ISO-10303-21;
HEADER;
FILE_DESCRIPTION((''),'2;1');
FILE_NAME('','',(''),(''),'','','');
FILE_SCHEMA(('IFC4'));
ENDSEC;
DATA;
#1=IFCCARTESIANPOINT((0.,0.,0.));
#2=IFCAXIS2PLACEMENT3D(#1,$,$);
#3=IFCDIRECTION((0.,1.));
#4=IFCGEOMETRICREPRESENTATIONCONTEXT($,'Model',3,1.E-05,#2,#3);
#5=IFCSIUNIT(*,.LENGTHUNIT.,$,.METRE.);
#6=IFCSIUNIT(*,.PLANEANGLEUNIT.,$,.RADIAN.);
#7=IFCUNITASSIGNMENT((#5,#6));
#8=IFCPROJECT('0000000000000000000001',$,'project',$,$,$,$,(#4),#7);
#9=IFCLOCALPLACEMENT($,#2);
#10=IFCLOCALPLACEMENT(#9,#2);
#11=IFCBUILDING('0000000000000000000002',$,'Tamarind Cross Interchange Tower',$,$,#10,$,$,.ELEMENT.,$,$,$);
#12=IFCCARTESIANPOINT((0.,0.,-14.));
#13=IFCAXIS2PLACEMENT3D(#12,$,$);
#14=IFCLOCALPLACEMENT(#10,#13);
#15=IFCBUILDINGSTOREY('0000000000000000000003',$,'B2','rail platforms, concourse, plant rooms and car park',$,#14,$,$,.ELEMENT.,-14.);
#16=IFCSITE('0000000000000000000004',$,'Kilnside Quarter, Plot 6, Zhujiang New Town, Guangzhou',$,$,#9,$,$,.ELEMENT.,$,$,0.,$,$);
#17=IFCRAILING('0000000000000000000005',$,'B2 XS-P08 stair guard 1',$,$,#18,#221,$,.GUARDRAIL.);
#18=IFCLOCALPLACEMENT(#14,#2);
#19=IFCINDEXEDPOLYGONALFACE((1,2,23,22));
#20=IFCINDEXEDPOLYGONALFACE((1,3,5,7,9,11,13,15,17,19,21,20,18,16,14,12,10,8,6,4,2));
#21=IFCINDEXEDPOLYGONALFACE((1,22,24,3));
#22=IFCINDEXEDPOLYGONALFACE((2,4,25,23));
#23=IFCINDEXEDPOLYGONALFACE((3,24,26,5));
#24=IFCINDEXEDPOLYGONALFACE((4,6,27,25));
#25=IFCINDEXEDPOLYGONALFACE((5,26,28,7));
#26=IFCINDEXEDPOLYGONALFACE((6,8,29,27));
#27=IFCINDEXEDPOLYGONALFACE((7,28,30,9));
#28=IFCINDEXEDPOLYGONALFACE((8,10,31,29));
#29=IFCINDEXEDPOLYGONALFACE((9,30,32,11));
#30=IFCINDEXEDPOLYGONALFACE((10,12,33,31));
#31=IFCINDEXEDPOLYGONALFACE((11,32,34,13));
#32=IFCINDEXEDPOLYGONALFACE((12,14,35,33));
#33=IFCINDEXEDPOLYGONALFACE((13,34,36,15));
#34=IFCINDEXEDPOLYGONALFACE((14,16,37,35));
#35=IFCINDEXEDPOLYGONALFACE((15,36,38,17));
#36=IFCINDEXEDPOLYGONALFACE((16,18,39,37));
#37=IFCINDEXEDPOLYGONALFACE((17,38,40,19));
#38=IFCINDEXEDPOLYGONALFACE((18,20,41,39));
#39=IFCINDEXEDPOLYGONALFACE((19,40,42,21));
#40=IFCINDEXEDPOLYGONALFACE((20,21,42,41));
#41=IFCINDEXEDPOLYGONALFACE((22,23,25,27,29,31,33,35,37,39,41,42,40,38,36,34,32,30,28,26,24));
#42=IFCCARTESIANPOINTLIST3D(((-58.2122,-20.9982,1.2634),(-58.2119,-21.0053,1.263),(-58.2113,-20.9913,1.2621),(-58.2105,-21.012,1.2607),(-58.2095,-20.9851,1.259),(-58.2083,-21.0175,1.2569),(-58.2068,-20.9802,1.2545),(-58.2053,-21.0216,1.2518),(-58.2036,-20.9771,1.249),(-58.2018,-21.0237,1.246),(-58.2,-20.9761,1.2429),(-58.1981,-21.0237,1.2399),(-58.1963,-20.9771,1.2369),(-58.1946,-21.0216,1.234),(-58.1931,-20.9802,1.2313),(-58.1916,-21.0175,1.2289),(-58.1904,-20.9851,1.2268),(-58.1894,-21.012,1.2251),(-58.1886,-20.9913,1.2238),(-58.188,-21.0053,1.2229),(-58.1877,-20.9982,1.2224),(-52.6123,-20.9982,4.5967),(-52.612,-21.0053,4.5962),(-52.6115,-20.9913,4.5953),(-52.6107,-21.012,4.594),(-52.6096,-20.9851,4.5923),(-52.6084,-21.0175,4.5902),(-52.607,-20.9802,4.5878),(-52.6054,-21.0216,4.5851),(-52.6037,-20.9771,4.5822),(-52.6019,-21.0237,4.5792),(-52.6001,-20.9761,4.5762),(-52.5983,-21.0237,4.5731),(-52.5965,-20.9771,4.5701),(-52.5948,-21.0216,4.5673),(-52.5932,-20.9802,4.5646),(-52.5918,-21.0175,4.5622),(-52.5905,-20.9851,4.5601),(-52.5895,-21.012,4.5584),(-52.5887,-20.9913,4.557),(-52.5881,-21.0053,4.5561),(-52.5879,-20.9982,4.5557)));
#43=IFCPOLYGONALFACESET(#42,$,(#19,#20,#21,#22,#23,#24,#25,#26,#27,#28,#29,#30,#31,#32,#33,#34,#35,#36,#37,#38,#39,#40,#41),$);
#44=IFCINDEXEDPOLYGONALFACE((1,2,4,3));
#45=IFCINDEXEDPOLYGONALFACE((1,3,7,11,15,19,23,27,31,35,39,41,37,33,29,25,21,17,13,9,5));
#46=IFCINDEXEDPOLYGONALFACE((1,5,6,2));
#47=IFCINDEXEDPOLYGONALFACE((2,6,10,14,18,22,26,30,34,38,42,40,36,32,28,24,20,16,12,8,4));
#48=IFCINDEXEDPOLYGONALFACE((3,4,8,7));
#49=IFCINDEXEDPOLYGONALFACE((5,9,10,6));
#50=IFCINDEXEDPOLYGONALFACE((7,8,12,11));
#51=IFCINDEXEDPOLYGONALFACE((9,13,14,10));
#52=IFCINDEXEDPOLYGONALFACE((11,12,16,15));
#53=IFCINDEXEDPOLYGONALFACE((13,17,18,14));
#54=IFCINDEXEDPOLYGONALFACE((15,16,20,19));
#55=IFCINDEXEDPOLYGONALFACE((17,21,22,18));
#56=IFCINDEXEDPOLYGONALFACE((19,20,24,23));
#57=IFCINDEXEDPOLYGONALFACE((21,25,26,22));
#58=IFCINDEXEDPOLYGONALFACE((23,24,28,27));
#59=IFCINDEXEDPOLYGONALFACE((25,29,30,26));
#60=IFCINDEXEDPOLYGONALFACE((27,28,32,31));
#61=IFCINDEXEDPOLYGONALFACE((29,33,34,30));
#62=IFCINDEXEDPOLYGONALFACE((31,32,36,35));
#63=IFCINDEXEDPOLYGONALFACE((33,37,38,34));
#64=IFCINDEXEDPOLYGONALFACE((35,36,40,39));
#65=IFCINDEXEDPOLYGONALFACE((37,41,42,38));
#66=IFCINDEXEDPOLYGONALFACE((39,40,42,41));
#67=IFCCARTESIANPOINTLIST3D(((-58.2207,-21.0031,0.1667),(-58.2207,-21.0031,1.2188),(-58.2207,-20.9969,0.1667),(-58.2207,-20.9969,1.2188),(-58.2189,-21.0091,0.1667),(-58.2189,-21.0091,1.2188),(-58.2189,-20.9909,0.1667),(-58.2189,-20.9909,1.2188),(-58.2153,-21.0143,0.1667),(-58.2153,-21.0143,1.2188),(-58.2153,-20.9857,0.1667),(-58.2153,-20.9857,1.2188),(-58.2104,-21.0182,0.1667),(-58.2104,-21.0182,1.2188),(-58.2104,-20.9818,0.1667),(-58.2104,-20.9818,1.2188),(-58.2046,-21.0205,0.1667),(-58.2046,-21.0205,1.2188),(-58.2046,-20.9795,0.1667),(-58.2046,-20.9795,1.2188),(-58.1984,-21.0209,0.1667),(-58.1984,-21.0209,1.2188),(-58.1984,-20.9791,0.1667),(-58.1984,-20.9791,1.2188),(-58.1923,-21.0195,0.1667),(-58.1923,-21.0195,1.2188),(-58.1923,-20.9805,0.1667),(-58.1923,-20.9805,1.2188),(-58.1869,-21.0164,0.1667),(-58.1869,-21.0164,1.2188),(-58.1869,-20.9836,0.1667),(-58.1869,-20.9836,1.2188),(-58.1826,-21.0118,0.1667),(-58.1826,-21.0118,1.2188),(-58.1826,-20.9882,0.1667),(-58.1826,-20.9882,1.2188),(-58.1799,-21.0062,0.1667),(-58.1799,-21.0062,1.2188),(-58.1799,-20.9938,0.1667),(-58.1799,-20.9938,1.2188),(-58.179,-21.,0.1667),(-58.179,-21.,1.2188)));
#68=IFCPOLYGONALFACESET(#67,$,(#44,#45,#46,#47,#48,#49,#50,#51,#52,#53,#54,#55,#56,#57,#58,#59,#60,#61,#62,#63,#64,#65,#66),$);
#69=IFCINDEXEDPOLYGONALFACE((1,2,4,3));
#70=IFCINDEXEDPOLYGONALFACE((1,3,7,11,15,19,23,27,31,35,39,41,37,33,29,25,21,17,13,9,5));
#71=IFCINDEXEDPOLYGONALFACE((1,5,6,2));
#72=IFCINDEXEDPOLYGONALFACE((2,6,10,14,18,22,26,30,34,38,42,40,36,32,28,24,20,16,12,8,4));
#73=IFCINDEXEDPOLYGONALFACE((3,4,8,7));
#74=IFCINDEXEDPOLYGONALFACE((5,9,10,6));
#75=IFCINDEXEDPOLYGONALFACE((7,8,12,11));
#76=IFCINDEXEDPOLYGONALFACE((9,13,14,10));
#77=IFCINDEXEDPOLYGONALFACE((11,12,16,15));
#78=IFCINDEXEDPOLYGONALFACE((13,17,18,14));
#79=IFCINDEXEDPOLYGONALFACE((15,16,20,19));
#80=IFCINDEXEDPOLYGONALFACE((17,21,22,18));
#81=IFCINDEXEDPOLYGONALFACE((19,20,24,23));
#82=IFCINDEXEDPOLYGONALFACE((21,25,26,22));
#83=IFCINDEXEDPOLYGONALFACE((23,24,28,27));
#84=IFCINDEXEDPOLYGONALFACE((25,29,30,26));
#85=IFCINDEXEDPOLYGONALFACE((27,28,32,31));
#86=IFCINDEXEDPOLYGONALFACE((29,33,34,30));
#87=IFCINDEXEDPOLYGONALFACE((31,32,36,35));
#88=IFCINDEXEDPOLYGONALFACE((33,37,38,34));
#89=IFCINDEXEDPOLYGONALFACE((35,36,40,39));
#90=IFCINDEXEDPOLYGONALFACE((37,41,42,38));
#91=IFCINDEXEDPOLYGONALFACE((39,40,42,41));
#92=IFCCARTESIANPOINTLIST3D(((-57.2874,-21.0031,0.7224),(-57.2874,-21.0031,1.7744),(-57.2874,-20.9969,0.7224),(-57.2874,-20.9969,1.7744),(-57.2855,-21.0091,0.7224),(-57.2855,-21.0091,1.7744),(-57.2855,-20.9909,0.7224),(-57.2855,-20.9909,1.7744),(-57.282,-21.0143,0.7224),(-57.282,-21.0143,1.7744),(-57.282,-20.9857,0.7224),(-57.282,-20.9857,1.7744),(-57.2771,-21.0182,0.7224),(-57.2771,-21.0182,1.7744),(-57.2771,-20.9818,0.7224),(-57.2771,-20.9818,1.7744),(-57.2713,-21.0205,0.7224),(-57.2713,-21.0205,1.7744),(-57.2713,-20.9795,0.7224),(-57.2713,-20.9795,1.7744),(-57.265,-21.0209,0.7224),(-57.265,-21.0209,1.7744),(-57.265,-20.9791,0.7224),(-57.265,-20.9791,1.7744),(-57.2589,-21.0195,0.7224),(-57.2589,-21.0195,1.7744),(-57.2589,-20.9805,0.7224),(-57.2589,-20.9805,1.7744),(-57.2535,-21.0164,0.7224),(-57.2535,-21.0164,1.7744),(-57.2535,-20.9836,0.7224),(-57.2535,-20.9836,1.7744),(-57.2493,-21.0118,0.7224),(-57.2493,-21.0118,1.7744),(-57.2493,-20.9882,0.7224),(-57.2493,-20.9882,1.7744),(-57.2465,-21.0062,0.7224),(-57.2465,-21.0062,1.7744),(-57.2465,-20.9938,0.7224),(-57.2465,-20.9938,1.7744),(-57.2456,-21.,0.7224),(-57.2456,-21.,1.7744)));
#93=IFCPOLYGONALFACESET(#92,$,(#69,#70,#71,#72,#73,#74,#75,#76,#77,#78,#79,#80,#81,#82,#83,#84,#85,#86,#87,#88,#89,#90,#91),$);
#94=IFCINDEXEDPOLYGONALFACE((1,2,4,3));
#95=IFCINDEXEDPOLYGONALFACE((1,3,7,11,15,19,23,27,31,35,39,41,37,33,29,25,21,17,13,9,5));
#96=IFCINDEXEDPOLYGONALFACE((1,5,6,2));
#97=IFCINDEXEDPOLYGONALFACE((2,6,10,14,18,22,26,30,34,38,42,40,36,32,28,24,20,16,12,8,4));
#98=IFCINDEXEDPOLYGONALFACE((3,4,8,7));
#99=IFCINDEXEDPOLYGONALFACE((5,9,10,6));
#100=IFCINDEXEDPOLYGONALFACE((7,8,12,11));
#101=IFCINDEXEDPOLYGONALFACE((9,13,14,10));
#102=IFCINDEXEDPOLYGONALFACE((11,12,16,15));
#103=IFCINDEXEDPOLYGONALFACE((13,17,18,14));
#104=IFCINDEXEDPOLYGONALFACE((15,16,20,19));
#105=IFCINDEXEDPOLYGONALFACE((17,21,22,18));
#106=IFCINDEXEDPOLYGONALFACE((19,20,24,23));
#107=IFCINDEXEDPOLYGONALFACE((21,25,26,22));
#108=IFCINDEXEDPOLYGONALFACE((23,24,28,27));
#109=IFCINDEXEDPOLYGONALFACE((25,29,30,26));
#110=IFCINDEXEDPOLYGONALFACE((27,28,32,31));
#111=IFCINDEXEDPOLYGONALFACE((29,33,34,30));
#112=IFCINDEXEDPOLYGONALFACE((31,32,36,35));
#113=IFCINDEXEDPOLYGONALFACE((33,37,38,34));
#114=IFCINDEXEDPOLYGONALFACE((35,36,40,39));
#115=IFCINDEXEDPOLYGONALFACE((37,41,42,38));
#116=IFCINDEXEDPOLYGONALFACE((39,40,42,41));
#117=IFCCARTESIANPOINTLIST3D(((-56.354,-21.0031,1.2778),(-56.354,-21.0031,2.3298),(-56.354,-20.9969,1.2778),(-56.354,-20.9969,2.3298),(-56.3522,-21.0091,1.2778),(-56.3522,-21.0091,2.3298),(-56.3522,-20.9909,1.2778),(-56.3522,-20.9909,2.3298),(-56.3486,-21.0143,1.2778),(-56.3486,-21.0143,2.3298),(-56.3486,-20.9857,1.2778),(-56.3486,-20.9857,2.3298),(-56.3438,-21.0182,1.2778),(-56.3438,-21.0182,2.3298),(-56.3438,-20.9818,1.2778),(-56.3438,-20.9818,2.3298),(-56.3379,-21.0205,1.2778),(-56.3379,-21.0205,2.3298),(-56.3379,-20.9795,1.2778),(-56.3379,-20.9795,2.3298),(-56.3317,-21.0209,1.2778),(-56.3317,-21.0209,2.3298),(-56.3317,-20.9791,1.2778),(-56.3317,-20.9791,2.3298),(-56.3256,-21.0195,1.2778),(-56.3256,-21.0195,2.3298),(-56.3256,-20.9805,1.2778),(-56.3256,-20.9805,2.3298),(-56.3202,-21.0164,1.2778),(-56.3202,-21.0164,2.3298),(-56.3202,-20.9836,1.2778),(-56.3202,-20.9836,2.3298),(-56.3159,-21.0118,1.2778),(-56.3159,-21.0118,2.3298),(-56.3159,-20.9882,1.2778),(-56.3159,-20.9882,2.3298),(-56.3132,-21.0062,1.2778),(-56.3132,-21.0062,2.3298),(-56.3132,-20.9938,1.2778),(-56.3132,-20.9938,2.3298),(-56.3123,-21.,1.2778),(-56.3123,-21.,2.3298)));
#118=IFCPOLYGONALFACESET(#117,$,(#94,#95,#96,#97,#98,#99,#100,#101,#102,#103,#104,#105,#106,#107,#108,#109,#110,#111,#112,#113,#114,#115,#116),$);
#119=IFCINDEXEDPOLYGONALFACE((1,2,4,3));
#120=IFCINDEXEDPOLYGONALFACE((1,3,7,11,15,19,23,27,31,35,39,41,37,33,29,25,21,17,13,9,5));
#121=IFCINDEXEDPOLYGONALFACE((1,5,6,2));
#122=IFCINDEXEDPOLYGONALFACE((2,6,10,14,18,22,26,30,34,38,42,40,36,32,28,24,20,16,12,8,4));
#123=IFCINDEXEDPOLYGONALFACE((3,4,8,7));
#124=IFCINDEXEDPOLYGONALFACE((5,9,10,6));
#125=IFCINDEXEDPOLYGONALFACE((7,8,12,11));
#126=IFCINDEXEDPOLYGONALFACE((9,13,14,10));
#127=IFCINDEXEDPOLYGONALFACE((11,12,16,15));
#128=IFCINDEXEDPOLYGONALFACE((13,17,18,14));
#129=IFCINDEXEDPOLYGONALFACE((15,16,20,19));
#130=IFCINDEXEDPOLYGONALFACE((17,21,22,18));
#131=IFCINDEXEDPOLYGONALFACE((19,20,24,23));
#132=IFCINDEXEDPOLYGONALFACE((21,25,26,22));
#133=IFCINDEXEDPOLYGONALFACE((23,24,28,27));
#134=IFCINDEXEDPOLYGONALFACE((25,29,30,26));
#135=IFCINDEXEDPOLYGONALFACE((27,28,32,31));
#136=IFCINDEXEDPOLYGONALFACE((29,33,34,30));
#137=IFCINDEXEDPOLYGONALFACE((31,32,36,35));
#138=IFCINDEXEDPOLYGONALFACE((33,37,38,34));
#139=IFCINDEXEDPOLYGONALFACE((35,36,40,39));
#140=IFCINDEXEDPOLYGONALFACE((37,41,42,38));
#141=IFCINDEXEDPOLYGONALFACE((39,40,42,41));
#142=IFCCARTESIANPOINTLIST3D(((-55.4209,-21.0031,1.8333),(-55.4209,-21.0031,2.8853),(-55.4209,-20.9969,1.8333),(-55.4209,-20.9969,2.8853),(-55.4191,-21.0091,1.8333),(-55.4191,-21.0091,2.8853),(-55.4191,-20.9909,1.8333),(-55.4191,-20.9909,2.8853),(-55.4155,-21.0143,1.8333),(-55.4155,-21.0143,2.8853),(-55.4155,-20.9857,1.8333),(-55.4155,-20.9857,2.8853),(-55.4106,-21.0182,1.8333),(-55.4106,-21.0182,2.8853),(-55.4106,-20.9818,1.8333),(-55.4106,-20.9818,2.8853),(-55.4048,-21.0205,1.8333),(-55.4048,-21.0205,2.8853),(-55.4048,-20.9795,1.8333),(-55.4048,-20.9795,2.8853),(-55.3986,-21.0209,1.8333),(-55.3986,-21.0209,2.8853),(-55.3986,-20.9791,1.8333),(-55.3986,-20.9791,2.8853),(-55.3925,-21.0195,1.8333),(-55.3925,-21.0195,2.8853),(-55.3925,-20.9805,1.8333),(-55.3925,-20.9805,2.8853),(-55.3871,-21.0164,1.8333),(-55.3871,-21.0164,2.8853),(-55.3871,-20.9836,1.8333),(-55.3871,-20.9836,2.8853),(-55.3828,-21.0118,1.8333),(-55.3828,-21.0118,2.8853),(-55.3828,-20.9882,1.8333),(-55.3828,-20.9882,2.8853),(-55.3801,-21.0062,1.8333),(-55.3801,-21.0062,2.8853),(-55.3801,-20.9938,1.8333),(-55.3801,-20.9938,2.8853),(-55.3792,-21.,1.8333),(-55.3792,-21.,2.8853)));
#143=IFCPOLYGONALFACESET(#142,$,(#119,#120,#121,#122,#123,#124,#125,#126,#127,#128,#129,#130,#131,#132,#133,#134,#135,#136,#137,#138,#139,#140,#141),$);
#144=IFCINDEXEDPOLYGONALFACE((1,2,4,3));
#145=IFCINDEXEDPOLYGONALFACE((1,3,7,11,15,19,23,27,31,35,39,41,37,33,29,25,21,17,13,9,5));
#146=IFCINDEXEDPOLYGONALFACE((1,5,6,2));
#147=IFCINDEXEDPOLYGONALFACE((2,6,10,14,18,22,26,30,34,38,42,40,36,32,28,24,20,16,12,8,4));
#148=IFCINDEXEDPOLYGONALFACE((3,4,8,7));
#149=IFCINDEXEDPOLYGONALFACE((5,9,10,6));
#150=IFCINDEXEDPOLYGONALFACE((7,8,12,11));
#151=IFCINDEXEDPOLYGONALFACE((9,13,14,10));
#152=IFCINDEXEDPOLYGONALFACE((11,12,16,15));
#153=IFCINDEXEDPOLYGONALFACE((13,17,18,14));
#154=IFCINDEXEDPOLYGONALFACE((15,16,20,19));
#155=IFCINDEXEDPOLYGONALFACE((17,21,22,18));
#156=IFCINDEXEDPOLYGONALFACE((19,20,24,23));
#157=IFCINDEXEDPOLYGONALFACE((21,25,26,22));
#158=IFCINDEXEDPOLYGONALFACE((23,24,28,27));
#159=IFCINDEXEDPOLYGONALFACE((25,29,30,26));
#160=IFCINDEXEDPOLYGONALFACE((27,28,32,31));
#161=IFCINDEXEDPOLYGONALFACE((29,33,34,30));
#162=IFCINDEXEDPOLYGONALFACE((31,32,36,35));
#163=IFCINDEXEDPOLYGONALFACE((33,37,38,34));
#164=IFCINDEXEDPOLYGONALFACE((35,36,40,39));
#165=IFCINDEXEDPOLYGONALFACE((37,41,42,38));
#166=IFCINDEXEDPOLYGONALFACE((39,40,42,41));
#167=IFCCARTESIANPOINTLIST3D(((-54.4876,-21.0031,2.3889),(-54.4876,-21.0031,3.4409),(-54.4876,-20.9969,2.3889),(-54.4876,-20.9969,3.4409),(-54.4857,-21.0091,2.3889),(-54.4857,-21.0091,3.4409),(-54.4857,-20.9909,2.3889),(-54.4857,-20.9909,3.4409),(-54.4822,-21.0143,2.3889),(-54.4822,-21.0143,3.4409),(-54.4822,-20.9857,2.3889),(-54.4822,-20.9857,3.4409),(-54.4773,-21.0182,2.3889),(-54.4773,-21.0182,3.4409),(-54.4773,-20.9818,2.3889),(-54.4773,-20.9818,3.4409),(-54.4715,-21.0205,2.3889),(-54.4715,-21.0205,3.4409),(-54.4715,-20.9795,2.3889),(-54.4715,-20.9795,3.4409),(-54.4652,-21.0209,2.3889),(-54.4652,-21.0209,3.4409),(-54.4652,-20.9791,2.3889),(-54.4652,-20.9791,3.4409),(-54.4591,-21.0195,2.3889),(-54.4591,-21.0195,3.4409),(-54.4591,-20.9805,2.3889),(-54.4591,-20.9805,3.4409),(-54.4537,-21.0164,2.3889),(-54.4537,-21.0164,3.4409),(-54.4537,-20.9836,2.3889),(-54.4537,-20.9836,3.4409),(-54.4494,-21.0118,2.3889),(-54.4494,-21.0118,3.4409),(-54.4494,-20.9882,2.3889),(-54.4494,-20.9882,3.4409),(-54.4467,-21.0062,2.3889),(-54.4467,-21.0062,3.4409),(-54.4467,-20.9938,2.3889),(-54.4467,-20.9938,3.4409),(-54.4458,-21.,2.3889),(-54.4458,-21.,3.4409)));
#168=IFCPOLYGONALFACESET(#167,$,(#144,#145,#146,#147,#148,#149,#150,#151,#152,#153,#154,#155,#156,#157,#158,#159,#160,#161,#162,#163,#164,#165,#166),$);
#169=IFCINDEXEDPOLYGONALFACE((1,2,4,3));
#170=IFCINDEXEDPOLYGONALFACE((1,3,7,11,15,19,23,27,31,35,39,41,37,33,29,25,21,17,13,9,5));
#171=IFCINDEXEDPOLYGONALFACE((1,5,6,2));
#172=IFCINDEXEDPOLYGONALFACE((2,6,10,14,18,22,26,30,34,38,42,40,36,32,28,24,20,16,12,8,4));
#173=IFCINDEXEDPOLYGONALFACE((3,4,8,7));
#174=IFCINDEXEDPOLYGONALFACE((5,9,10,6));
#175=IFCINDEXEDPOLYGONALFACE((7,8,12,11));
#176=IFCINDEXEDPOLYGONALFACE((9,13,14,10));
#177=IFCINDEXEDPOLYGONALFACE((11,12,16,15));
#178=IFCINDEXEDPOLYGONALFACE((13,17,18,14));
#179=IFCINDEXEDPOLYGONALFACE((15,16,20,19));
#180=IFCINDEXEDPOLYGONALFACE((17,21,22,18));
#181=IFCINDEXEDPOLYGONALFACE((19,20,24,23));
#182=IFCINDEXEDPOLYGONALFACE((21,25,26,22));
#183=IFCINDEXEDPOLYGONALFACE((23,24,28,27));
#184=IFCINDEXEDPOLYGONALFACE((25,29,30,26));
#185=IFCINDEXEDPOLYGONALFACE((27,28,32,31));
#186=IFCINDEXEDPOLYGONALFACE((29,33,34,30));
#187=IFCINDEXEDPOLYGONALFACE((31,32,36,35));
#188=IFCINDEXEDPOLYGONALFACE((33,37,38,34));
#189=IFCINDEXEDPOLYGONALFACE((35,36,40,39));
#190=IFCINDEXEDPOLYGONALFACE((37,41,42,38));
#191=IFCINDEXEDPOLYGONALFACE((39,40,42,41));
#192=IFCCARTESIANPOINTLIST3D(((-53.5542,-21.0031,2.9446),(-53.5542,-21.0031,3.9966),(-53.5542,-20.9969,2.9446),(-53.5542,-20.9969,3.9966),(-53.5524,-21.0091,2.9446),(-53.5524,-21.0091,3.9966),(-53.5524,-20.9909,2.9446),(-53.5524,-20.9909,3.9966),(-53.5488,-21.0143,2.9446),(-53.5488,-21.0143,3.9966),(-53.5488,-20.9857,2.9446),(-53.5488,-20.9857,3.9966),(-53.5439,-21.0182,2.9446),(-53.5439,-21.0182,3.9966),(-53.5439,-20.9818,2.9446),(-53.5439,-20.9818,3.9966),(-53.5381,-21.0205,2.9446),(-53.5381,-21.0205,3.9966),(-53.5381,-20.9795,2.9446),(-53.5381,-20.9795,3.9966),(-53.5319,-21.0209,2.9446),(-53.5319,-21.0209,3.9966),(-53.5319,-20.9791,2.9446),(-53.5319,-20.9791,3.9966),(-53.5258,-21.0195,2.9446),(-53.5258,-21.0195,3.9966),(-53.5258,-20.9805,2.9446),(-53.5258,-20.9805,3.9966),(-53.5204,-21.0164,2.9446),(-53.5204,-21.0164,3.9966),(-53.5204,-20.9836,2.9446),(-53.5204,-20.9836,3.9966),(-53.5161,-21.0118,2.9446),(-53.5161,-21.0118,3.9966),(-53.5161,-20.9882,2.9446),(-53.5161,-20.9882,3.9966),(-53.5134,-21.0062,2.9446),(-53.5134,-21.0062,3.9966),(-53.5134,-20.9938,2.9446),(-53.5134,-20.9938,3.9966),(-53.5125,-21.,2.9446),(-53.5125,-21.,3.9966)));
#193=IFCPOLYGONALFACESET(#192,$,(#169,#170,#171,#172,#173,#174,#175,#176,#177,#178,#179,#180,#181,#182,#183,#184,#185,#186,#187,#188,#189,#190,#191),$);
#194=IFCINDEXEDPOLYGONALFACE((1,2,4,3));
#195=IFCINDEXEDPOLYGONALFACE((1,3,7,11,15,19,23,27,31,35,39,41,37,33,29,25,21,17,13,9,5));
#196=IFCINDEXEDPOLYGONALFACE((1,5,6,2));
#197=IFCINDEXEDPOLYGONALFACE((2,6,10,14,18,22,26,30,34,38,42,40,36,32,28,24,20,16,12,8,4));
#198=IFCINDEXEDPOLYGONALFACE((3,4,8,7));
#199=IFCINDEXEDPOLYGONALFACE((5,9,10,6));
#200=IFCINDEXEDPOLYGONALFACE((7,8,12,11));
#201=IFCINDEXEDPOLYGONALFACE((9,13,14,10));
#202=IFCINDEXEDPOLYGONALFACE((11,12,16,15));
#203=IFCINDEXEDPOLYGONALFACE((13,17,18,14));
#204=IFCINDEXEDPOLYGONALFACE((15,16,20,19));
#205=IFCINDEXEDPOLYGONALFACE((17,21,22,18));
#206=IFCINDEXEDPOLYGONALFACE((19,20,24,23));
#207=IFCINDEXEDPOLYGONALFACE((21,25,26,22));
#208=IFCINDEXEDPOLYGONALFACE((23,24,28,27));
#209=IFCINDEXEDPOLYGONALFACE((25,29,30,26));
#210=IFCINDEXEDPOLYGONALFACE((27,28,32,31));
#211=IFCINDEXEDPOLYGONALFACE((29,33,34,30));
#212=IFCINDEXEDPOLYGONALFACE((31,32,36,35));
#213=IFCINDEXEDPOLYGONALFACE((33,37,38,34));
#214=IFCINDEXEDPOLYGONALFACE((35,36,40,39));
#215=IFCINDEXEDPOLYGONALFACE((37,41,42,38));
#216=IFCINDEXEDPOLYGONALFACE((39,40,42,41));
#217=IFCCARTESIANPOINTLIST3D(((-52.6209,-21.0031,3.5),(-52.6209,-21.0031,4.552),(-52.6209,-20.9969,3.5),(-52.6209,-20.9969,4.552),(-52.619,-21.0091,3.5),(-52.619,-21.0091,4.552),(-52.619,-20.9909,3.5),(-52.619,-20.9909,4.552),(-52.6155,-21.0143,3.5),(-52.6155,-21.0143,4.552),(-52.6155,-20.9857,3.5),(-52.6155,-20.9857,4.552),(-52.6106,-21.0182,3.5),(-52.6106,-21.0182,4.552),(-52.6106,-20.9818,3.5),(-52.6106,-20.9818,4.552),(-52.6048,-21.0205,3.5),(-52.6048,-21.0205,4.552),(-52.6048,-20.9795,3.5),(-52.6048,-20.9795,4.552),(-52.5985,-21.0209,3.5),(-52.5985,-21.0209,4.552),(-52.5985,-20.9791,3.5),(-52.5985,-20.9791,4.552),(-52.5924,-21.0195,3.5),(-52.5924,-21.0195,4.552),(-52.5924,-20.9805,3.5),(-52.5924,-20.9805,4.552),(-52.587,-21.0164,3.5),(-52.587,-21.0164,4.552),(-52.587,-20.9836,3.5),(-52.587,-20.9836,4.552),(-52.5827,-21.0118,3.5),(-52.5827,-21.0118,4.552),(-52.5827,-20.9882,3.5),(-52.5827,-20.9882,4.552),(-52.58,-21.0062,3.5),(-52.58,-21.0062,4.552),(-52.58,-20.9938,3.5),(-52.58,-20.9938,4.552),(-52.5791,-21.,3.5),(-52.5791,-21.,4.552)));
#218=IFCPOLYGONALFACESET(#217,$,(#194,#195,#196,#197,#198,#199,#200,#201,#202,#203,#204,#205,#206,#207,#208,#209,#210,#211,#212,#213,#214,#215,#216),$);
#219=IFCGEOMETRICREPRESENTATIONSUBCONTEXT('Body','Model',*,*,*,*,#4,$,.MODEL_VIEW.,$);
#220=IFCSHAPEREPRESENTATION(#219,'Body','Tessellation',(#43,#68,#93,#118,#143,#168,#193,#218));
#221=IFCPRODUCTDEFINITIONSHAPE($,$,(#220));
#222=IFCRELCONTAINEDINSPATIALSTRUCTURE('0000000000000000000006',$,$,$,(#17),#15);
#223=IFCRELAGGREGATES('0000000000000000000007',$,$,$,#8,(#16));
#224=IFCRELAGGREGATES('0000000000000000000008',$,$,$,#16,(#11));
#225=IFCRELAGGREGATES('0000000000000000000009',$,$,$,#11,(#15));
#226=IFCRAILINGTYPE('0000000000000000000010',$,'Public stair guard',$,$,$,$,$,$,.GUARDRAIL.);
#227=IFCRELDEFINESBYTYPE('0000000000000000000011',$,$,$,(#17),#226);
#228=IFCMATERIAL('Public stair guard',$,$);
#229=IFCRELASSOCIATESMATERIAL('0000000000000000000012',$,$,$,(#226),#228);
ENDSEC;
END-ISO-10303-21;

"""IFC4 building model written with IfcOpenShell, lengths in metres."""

from ifc_helpers import new_model, si_unit, direction, frame, origin, origin_2d, place, context, subcontext, project, spatial, circle, extrude, material, type_object, element, save


model = new_model("IFC4")

# Units and contexts
model_context = context("Model", 3, precision=1e-05, world=origin(), true_north=direction((0.0, 1.0)))
body_context = subcontext(model_context, "Body", "Model", "MODEL_VIEW")
ifc_project = project(units=[si_unit("LENGTHUNIT", "METRE"), si_unit("PLANEANGLEUNIT", "RADIAN")], contexts=[model_context])

# Site, building, storey
site_placement = place(None, origin())
site = spatial("IfcSite", under=ifc_project, at=site_placement, Name="Kilnside Quarter, Plot 6, Zhujiang New Town, Guangzhou", CompositionType="ELEMENT", RefElevation=0.0)
building_placement = place(site_placement, origin())
building = spatial("IfcBuilding", under=site, at=building_placement, Name="Tamarind Cross Interchange Tower", CompositionType="ELEMENT")
storey_placement = place(building_placement, frame((0.0, 0.0, -14.0)))
storey = spatial("IfcBuildingStorey", under=building, at=storey_placement, Name="B2", Description="rail platforms, concourse, plant rooms and car park", CompositionType="ELEMENT", Elevation=-14.0)

# Railing
ifc_material_1 = material(Name="Public stair guard")
railing_type_1 = type_object("IfcRailingType", Name="Public stair guard", PredefinedType="GUARDRAIL", material=ifc_material_1)
railing_1_placement = place(storey_placement, frame((-58.2, -21.0, 0.1667)))
element("IfcRailing", 1, at=railing_1_placement, inside=storey, type_object=railing_type_1, Name="B2 XS-P08 stair guard 1", PredefinedType="GUARDRAIL", context=body_context, shape_type="SweptSolid", body=[
    extrude(circle(Radius=0.0239, at=origin_2d()), frame((0.0, 0.0, 1.0762), z_axis=(0.859292, 0.0, 0.511485), x_axis=(0.0, 1.0, 0.0)), (0.0, 0.0, 1.0), 6.5168),
    extrude(circle(Radius=0.021, at=origin_2d()), origin(), (0.0, 0.0, 1.0), 1.052),
    extrude(circle(Radius=0.021, at=origin_2d()), frame((0.9333, 0.0, 0.5557)), (0.0, 0.0, 1.0), 1.052),
    extrude(circle(Radius=0.021, at=origin_2d()), frame((1.8667, 0.0, 1.1111)), (0.0, 0.0, 1.0), 1.052),
    extrude(circle(Radius=0.021, at=origin_2d()), frame((2.7998, 0.0, 1.6665)), (0.0, 0.0, 1.0), 1.052),
    extrude(circle(Radius=0.021, at=origin_2d()), frame((3.7332, 0.0, 2.2222)), (0.0, 0.0, 1.0), 1.052),
    extrude(circle(Radius=0.021, at=origin_2d()), frame((4.6665, 0.0, 2.7778)), (0.0, 0.0, 1.0), 1.052),
    extrude(circle(Radius=0.021, at=origin_2d()), frame((5.5999, 0.0, 3.3333)), (0.0, 0.0, 1.0), 1.052),
])

save(model, "model.ifc")
